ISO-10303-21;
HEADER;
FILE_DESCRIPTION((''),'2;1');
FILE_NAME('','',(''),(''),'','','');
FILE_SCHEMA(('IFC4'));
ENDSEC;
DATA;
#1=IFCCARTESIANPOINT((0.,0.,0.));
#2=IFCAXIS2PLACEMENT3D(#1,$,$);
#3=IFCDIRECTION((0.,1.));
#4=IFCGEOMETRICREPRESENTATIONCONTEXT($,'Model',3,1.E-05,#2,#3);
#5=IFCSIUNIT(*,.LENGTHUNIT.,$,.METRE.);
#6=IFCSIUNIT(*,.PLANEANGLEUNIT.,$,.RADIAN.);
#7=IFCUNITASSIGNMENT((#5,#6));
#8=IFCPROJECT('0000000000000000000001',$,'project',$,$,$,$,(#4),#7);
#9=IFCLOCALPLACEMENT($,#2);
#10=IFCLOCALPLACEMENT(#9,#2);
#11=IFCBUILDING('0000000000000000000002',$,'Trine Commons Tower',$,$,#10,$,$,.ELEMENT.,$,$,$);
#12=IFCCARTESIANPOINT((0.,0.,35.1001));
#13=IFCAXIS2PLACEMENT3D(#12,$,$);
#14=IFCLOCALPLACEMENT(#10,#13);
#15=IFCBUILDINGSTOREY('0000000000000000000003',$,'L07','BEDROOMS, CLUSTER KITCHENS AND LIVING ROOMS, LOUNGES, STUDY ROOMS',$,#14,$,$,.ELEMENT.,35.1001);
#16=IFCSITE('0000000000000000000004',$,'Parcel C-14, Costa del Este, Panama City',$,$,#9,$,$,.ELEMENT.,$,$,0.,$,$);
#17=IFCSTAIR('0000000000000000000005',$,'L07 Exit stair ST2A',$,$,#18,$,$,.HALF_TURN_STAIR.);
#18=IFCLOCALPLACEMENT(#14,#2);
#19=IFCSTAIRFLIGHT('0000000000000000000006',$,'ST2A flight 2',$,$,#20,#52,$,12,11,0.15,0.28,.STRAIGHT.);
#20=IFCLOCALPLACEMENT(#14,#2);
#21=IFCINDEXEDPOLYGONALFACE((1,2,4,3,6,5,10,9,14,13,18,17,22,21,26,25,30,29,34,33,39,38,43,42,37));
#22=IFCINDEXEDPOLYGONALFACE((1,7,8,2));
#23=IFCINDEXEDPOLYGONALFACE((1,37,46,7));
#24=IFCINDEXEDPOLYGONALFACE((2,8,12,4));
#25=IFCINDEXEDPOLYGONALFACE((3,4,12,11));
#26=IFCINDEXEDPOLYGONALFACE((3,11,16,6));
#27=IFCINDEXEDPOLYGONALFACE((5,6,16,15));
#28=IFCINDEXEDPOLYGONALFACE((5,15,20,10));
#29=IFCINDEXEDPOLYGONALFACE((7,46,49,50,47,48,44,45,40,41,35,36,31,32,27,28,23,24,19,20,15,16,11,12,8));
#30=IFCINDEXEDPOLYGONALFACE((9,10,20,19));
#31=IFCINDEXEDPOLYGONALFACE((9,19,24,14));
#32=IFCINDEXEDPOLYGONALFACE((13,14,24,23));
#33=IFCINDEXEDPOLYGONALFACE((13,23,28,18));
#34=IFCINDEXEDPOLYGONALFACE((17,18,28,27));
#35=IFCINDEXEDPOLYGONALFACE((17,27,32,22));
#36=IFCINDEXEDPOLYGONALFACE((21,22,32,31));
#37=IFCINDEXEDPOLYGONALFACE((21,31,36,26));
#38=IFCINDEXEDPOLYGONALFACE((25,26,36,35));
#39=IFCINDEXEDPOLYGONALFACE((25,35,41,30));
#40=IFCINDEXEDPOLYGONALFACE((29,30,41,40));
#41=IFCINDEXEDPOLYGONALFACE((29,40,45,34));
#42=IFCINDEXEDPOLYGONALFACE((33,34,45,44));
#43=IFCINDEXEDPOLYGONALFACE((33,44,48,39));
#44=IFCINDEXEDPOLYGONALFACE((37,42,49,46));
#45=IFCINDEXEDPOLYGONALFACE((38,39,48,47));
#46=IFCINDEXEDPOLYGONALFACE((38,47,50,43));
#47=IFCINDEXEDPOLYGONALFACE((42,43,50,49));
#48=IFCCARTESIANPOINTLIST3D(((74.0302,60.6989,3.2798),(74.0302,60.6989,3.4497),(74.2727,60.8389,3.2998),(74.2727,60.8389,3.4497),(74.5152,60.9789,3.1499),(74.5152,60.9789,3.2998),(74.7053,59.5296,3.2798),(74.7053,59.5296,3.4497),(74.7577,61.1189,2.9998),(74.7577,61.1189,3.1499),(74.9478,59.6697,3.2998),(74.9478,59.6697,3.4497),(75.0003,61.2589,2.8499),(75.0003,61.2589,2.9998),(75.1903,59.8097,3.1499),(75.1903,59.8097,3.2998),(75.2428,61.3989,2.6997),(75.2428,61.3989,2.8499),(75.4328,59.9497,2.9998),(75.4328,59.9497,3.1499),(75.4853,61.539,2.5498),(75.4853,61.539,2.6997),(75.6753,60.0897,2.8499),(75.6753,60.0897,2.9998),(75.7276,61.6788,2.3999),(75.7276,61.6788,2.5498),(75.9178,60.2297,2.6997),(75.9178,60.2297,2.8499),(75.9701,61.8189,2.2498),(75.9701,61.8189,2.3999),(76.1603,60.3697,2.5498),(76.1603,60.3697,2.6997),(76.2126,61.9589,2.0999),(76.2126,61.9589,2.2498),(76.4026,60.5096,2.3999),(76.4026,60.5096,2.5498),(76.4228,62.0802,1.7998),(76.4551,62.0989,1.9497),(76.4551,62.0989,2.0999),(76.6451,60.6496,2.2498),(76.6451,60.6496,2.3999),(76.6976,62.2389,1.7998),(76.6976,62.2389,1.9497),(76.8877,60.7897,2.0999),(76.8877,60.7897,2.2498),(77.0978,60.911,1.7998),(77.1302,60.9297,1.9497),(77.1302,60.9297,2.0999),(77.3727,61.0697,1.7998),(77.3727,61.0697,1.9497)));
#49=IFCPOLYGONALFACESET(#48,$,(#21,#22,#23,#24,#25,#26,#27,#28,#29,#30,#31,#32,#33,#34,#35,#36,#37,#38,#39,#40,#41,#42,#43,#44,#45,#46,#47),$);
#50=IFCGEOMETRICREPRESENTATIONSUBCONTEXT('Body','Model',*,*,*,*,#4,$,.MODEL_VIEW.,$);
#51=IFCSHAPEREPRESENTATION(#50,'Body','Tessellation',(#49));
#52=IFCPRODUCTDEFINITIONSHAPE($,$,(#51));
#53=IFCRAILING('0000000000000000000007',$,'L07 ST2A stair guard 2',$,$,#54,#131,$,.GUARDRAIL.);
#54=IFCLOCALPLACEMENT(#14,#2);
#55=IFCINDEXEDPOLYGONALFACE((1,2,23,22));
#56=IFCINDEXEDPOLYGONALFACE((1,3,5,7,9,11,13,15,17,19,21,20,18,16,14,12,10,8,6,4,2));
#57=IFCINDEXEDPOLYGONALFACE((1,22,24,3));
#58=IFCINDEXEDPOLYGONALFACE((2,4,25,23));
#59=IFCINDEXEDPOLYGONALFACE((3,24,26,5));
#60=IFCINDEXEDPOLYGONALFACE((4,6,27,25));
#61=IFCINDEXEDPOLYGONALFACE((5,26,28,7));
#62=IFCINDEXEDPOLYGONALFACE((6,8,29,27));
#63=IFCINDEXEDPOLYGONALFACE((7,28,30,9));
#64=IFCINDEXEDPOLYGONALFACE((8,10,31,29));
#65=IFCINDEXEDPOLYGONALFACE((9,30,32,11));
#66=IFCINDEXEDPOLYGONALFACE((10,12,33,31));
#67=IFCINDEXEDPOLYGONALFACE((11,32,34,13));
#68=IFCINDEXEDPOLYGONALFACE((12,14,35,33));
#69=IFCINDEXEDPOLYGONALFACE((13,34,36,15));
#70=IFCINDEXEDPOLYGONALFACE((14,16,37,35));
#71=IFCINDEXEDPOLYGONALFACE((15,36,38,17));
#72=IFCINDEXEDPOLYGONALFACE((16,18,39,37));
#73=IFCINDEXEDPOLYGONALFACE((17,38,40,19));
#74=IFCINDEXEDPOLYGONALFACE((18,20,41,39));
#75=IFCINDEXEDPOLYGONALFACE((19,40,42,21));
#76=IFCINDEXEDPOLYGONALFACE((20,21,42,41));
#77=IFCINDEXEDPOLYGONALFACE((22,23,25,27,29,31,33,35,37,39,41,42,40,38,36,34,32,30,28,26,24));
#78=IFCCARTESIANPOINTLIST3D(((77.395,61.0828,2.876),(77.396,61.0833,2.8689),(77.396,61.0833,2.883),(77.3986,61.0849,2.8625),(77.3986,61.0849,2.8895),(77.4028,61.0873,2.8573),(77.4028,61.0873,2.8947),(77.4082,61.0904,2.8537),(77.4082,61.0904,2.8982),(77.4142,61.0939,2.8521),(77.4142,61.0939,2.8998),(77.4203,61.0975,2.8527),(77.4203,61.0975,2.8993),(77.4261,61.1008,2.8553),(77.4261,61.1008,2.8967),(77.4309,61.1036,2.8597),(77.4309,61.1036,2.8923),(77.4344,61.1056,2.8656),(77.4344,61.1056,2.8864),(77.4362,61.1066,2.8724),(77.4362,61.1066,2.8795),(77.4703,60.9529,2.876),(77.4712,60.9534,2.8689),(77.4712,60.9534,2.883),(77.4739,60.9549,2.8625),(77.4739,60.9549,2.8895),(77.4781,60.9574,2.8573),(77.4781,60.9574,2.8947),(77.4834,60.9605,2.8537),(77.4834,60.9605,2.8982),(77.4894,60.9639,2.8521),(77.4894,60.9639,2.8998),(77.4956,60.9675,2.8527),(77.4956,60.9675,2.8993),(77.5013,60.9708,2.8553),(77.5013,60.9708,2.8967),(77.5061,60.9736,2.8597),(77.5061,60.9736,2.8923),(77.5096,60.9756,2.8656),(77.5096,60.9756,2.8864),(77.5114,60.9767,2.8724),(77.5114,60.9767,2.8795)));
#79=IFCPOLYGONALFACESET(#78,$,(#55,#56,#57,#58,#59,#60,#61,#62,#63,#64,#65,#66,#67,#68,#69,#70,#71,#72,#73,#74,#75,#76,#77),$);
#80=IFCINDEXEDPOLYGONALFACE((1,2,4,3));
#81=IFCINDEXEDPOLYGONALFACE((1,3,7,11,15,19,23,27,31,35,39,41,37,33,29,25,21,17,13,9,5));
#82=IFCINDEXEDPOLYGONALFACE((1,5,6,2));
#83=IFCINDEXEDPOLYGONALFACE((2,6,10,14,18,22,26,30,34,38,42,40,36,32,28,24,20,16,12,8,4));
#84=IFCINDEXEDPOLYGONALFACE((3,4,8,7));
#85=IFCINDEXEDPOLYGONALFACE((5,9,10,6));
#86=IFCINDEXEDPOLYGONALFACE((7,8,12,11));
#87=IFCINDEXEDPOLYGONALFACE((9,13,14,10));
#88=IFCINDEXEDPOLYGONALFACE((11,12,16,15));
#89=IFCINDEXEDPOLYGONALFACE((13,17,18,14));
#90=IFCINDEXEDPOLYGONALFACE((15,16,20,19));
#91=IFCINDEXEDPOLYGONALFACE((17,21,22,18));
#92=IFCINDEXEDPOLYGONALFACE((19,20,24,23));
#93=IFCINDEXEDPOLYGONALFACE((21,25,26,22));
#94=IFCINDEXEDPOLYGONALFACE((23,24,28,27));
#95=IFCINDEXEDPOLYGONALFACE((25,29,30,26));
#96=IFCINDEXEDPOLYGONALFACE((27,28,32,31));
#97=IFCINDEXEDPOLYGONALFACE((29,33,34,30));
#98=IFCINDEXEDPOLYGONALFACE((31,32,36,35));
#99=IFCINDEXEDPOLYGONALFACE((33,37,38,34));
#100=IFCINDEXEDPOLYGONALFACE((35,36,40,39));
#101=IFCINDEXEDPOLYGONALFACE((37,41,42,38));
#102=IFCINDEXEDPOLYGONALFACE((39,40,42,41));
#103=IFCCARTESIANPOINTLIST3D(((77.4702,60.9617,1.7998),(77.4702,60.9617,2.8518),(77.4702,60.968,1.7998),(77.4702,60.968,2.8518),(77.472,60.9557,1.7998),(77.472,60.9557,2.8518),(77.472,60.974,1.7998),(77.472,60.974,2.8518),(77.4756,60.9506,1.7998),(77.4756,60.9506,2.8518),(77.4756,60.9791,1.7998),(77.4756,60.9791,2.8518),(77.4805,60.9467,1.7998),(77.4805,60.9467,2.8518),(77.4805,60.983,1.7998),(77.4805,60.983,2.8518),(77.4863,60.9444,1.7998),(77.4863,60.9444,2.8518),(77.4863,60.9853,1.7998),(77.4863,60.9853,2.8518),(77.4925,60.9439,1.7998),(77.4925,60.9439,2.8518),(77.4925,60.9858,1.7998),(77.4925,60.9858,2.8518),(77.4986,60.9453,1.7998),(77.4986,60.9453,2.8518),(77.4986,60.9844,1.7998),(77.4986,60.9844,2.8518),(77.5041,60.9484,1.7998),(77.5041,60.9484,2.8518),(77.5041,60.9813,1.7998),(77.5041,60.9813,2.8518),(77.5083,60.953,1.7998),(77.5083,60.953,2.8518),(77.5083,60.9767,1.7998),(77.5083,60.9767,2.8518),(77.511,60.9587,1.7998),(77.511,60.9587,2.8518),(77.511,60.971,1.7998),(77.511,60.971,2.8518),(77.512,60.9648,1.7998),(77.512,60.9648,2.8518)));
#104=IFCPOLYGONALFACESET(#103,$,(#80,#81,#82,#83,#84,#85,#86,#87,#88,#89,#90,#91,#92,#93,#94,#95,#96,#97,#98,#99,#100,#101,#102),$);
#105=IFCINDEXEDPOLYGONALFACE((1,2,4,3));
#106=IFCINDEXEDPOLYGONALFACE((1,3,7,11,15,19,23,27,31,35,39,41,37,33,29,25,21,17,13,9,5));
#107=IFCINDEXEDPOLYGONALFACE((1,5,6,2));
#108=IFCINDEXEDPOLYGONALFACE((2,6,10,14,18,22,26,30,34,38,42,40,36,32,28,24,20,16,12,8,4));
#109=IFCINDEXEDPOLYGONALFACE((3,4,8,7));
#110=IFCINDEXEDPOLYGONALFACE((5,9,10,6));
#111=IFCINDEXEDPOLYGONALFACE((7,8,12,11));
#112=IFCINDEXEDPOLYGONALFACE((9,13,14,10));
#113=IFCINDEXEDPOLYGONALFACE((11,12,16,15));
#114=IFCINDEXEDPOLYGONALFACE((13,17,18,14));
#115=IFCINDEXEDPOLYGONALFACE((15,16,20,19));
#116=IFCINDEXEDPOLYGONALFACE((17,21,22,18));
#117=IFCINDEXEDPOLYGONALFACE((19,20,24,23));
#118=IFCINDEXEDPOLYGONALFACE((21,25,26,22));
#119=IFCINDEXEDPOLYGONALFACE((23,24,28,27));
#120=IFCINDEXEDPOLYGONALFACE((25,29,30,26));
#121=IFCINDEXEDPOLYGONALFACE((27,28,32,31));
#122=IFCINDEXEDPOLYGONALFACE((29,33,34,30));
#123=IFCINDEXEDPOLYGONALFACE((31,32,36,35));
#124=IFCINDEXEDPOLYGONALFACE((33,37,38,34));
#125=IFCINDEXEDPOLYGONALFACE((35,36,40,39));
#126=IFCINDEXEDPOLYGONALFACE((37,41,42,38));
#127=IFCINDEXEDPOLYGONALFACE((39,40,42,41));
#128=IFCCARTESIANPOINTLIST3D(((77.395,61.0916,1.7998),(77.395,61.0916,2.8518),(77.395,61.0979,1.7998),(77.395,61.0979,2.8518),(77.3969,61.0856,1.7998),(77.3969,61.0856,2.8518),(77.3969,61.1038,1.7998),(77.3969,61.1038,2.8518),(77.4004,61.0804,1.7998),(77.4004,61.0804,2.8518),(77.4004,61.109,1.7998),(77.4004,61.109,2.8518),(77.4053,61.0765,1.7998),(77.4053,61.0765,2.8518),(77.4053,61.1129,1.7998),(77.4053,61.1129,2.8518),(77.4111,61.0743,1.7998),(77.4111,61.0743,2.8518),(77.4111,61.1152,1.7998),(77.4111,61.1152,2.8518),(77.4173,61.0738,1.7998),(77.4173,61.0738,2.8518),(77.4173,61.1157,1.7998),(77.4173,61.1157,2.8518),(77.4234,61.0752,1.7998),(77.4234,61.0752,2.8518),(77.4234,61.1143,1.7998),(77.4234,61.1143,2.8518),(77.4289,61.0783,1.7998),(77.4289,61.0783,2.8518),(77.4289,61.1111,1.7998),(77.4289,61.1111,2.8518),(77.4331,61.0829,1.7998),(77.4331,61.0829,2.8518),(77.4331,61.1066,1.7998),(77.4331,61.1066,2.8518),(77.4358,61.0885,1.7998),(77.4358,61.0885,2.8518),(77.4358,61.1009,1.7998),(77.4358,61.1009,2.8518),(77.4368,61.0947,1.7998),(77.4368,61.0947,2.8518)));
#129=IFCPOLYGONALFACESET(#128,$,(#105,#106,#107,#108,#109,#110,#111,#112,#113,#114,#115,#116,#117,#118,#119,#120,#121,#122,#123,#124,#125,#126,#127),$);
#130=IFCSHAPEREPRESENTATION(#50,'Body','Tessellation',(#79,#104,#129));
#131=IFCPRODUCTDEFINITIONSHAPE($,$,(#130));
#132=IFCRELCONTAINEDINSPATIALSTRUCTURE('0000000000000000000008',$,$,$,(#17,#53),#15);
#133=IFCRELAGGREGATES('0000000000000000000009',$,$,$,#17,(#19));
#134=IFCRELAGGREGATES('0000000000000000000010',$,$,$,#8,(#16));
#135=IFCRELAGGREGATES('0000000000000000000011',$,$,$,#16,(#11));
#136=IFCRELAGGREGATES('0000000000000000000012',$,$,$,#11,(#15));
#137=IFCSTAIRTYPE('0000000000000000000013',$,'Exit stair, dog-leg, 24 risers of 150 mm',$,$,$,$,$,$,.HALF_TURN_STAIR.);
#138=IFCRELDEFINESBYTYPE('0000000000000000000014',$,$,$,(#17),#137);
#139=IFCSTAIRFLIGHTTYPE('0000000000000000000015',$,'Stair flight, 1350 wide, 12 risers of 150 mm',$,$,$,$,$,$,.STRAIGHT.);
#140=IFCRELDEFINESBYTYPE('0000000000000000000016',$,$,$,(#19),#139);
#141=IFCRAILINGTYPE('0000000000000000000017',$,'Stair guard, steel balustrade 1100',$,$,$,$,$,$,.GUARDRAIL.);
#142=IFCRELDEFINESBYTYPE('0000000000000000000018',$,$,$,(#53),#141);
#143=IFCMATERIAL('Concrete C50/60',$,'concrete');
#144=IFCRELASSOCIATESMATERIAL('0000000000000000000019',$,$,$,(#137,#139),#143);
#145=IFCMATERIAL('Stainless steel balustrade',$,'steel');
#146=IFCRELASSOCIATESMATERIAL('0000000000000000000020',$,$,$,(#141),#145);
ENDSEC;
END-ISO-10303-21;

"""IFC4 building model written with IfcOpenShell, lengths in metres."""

from ifc_helpers import new_model, si_unit, direction, frame, origin, origin_2d, place, context, subcontext, project, spatial, polyline, circle, outline, extrude, material, type_object, element, aggregate, save


model = new_model("IFC4")

# Units and contexts
model_context = context("Model", 3, precision=1e-05, world=origin(), true_north=direction((0.0, 1.0)))
body_context = subcontext(model_context, "Body", "Model", "MODEL_VIEW")
ifc_project = project(units=[si_unit("LENGTHUNIT", "METRE"), si_unit("PLANEANGLEUNIT", "RADIAN")], contexts=[model_context])

# Site, building, storey
site_placement = place(None, origin())
site = spatial("IfcSite", under=ifc_project, at=site_placement, Name="Parcel C-14, Costa del Este, Panama City", CompositionType="ELEMENT", RefElevation=0.0)
building_placement = place(site_placement, origin())
building = spatial("IfcBuilding", under=site, at=building_placement, Name="Trine Commons Tower", CompositionType="ELEMENT")
storey_placement = place(building_placement, frame((0.0, 0.0, 35.1001)))
storey = spatial("IfcBuildingStorey", under=building, at=storey_placement, Name="L07", Description="BEDROOMS, CLUSTER KITCHENS AND LIVING ROOMS, LOUNGES, STUDY ROOMS", CompositionType="ELEMENT", Elevation=35.1001)

# Stair, stair flight
ifc_material_1 = material(Name="Concrete C50/60", Category="concrete")
stair_type = type_object("IfcStairType", Name="Exit stair, dog-leg, 24 risers of 150 mm", PredefinedType="HALF_TURN_STAIR", material=ifc_material_1)
stair_placement = place(storey_placement, origin())
stair = element("IfcStair", 1, at=stair_placement, inside=storey, type_object=stair_type, Name="L07 Exit stair ST2A", PredefinedType="HALF_TURN_STAIR")
stair_flight_type = type_object("IfcStairFlightType", Name="Stair flight, 1350 wide, 12 risers of 150 mm", PredefinedType="STRAIGHT", material=ifc_material_1)
stair_flight_placement = place(storey_placement, frame((77.0352, 61.6543, 1.7998), z_axis=(0.0, 0.0, 1.0), x_axis=(-0.866025, -0.5, 0.0)))
stair_flight = element("IfcStairFlight", 2, at=stair_flight_placement, type_object=stair_flight_type, Name="ST2A flight 2", NumberOfRisers=12, NumberOfTreads=11, PredefinedType="STRAIGHT", RiserHeight=0.15, TreadLength=0.28, context=body_context, shape_type="SweptSolid", body=[
    extrude(outline(polyline([(0.0, 0.0), (0.0, 0.1499), (0.28, 0.1499), (0.28, 0.3), (0.5601, 0.3), (0.5601, 0.45), (0.8401, 0.45), (0.8401, 0.6001), (1.1201, 0.6001), (1.1201, 0.75), (1.3999, 0.75), (1.3999, 0.8999), (1.6799, 0.8999), (1.6799, 1.05), (1.96, 1.05), (1.96, 1.2), (2.24, 1.2), (2.24, 1.3501), (2.52, 1.3501), (2.52, 1.5), (2.8, 1.5), (2.8, 1.6499), (3.0801, 1.6499), (3.0801, 1.8), (3.0801, 1.48), (0.3174, 0.0), (0.0, 0.0)])), frame((0.0, 0.675, 0.0), z_axis=(0.0, -1.0, 0.0), x_axis=(1.0, 0.0, 0.0)), (0.0, 0.0, 1.0), 1.3501),
])
aggregate(stair, [stair_flight])

# Railing
ifc_material_2 = material(Name="Stainless steel balustrade", Category="steel")
railing_type_1 = type_object("IfcRailingType", Name="Stair guard, steel balustrade 1100", PredefinedType="GUARDRAIL", material=ifc_material_2)
railing_1_placement = place(storey_placement, frame((77.491, 60.9648, 1.7998)))
element("IfcRailing", 3, at=railing_1_placement, inside=storey, type_object=railing_type_1, Name="L07 ST2A stair guard 2", PredefinedType="GUARDRAIL", context=body_context, shape_type="SweptSolid", body=[
    extrude(circle(Radius=0.0239, at=origin_2d()), frame((0.0, 0.0, 1.0762), z_axis=(-0.501036, 0.865426, 0.0), x_axis=(-0.865426, -0.501036, 0.0)), (0.0, 0.0, 1.0), 0.1501),
    extrude(circle(Radius=0.021, at=origin_2d()), origin(), (0.0, 0.0, 1.0), 1.052),
    extrude(circle(Radius=0.021, at=origin_2d()), frame((-0.0752, 0.1299, 0.0)), (0.0, 0.0, 1.0), 1.052),
])

save(model, "model.ifc")
